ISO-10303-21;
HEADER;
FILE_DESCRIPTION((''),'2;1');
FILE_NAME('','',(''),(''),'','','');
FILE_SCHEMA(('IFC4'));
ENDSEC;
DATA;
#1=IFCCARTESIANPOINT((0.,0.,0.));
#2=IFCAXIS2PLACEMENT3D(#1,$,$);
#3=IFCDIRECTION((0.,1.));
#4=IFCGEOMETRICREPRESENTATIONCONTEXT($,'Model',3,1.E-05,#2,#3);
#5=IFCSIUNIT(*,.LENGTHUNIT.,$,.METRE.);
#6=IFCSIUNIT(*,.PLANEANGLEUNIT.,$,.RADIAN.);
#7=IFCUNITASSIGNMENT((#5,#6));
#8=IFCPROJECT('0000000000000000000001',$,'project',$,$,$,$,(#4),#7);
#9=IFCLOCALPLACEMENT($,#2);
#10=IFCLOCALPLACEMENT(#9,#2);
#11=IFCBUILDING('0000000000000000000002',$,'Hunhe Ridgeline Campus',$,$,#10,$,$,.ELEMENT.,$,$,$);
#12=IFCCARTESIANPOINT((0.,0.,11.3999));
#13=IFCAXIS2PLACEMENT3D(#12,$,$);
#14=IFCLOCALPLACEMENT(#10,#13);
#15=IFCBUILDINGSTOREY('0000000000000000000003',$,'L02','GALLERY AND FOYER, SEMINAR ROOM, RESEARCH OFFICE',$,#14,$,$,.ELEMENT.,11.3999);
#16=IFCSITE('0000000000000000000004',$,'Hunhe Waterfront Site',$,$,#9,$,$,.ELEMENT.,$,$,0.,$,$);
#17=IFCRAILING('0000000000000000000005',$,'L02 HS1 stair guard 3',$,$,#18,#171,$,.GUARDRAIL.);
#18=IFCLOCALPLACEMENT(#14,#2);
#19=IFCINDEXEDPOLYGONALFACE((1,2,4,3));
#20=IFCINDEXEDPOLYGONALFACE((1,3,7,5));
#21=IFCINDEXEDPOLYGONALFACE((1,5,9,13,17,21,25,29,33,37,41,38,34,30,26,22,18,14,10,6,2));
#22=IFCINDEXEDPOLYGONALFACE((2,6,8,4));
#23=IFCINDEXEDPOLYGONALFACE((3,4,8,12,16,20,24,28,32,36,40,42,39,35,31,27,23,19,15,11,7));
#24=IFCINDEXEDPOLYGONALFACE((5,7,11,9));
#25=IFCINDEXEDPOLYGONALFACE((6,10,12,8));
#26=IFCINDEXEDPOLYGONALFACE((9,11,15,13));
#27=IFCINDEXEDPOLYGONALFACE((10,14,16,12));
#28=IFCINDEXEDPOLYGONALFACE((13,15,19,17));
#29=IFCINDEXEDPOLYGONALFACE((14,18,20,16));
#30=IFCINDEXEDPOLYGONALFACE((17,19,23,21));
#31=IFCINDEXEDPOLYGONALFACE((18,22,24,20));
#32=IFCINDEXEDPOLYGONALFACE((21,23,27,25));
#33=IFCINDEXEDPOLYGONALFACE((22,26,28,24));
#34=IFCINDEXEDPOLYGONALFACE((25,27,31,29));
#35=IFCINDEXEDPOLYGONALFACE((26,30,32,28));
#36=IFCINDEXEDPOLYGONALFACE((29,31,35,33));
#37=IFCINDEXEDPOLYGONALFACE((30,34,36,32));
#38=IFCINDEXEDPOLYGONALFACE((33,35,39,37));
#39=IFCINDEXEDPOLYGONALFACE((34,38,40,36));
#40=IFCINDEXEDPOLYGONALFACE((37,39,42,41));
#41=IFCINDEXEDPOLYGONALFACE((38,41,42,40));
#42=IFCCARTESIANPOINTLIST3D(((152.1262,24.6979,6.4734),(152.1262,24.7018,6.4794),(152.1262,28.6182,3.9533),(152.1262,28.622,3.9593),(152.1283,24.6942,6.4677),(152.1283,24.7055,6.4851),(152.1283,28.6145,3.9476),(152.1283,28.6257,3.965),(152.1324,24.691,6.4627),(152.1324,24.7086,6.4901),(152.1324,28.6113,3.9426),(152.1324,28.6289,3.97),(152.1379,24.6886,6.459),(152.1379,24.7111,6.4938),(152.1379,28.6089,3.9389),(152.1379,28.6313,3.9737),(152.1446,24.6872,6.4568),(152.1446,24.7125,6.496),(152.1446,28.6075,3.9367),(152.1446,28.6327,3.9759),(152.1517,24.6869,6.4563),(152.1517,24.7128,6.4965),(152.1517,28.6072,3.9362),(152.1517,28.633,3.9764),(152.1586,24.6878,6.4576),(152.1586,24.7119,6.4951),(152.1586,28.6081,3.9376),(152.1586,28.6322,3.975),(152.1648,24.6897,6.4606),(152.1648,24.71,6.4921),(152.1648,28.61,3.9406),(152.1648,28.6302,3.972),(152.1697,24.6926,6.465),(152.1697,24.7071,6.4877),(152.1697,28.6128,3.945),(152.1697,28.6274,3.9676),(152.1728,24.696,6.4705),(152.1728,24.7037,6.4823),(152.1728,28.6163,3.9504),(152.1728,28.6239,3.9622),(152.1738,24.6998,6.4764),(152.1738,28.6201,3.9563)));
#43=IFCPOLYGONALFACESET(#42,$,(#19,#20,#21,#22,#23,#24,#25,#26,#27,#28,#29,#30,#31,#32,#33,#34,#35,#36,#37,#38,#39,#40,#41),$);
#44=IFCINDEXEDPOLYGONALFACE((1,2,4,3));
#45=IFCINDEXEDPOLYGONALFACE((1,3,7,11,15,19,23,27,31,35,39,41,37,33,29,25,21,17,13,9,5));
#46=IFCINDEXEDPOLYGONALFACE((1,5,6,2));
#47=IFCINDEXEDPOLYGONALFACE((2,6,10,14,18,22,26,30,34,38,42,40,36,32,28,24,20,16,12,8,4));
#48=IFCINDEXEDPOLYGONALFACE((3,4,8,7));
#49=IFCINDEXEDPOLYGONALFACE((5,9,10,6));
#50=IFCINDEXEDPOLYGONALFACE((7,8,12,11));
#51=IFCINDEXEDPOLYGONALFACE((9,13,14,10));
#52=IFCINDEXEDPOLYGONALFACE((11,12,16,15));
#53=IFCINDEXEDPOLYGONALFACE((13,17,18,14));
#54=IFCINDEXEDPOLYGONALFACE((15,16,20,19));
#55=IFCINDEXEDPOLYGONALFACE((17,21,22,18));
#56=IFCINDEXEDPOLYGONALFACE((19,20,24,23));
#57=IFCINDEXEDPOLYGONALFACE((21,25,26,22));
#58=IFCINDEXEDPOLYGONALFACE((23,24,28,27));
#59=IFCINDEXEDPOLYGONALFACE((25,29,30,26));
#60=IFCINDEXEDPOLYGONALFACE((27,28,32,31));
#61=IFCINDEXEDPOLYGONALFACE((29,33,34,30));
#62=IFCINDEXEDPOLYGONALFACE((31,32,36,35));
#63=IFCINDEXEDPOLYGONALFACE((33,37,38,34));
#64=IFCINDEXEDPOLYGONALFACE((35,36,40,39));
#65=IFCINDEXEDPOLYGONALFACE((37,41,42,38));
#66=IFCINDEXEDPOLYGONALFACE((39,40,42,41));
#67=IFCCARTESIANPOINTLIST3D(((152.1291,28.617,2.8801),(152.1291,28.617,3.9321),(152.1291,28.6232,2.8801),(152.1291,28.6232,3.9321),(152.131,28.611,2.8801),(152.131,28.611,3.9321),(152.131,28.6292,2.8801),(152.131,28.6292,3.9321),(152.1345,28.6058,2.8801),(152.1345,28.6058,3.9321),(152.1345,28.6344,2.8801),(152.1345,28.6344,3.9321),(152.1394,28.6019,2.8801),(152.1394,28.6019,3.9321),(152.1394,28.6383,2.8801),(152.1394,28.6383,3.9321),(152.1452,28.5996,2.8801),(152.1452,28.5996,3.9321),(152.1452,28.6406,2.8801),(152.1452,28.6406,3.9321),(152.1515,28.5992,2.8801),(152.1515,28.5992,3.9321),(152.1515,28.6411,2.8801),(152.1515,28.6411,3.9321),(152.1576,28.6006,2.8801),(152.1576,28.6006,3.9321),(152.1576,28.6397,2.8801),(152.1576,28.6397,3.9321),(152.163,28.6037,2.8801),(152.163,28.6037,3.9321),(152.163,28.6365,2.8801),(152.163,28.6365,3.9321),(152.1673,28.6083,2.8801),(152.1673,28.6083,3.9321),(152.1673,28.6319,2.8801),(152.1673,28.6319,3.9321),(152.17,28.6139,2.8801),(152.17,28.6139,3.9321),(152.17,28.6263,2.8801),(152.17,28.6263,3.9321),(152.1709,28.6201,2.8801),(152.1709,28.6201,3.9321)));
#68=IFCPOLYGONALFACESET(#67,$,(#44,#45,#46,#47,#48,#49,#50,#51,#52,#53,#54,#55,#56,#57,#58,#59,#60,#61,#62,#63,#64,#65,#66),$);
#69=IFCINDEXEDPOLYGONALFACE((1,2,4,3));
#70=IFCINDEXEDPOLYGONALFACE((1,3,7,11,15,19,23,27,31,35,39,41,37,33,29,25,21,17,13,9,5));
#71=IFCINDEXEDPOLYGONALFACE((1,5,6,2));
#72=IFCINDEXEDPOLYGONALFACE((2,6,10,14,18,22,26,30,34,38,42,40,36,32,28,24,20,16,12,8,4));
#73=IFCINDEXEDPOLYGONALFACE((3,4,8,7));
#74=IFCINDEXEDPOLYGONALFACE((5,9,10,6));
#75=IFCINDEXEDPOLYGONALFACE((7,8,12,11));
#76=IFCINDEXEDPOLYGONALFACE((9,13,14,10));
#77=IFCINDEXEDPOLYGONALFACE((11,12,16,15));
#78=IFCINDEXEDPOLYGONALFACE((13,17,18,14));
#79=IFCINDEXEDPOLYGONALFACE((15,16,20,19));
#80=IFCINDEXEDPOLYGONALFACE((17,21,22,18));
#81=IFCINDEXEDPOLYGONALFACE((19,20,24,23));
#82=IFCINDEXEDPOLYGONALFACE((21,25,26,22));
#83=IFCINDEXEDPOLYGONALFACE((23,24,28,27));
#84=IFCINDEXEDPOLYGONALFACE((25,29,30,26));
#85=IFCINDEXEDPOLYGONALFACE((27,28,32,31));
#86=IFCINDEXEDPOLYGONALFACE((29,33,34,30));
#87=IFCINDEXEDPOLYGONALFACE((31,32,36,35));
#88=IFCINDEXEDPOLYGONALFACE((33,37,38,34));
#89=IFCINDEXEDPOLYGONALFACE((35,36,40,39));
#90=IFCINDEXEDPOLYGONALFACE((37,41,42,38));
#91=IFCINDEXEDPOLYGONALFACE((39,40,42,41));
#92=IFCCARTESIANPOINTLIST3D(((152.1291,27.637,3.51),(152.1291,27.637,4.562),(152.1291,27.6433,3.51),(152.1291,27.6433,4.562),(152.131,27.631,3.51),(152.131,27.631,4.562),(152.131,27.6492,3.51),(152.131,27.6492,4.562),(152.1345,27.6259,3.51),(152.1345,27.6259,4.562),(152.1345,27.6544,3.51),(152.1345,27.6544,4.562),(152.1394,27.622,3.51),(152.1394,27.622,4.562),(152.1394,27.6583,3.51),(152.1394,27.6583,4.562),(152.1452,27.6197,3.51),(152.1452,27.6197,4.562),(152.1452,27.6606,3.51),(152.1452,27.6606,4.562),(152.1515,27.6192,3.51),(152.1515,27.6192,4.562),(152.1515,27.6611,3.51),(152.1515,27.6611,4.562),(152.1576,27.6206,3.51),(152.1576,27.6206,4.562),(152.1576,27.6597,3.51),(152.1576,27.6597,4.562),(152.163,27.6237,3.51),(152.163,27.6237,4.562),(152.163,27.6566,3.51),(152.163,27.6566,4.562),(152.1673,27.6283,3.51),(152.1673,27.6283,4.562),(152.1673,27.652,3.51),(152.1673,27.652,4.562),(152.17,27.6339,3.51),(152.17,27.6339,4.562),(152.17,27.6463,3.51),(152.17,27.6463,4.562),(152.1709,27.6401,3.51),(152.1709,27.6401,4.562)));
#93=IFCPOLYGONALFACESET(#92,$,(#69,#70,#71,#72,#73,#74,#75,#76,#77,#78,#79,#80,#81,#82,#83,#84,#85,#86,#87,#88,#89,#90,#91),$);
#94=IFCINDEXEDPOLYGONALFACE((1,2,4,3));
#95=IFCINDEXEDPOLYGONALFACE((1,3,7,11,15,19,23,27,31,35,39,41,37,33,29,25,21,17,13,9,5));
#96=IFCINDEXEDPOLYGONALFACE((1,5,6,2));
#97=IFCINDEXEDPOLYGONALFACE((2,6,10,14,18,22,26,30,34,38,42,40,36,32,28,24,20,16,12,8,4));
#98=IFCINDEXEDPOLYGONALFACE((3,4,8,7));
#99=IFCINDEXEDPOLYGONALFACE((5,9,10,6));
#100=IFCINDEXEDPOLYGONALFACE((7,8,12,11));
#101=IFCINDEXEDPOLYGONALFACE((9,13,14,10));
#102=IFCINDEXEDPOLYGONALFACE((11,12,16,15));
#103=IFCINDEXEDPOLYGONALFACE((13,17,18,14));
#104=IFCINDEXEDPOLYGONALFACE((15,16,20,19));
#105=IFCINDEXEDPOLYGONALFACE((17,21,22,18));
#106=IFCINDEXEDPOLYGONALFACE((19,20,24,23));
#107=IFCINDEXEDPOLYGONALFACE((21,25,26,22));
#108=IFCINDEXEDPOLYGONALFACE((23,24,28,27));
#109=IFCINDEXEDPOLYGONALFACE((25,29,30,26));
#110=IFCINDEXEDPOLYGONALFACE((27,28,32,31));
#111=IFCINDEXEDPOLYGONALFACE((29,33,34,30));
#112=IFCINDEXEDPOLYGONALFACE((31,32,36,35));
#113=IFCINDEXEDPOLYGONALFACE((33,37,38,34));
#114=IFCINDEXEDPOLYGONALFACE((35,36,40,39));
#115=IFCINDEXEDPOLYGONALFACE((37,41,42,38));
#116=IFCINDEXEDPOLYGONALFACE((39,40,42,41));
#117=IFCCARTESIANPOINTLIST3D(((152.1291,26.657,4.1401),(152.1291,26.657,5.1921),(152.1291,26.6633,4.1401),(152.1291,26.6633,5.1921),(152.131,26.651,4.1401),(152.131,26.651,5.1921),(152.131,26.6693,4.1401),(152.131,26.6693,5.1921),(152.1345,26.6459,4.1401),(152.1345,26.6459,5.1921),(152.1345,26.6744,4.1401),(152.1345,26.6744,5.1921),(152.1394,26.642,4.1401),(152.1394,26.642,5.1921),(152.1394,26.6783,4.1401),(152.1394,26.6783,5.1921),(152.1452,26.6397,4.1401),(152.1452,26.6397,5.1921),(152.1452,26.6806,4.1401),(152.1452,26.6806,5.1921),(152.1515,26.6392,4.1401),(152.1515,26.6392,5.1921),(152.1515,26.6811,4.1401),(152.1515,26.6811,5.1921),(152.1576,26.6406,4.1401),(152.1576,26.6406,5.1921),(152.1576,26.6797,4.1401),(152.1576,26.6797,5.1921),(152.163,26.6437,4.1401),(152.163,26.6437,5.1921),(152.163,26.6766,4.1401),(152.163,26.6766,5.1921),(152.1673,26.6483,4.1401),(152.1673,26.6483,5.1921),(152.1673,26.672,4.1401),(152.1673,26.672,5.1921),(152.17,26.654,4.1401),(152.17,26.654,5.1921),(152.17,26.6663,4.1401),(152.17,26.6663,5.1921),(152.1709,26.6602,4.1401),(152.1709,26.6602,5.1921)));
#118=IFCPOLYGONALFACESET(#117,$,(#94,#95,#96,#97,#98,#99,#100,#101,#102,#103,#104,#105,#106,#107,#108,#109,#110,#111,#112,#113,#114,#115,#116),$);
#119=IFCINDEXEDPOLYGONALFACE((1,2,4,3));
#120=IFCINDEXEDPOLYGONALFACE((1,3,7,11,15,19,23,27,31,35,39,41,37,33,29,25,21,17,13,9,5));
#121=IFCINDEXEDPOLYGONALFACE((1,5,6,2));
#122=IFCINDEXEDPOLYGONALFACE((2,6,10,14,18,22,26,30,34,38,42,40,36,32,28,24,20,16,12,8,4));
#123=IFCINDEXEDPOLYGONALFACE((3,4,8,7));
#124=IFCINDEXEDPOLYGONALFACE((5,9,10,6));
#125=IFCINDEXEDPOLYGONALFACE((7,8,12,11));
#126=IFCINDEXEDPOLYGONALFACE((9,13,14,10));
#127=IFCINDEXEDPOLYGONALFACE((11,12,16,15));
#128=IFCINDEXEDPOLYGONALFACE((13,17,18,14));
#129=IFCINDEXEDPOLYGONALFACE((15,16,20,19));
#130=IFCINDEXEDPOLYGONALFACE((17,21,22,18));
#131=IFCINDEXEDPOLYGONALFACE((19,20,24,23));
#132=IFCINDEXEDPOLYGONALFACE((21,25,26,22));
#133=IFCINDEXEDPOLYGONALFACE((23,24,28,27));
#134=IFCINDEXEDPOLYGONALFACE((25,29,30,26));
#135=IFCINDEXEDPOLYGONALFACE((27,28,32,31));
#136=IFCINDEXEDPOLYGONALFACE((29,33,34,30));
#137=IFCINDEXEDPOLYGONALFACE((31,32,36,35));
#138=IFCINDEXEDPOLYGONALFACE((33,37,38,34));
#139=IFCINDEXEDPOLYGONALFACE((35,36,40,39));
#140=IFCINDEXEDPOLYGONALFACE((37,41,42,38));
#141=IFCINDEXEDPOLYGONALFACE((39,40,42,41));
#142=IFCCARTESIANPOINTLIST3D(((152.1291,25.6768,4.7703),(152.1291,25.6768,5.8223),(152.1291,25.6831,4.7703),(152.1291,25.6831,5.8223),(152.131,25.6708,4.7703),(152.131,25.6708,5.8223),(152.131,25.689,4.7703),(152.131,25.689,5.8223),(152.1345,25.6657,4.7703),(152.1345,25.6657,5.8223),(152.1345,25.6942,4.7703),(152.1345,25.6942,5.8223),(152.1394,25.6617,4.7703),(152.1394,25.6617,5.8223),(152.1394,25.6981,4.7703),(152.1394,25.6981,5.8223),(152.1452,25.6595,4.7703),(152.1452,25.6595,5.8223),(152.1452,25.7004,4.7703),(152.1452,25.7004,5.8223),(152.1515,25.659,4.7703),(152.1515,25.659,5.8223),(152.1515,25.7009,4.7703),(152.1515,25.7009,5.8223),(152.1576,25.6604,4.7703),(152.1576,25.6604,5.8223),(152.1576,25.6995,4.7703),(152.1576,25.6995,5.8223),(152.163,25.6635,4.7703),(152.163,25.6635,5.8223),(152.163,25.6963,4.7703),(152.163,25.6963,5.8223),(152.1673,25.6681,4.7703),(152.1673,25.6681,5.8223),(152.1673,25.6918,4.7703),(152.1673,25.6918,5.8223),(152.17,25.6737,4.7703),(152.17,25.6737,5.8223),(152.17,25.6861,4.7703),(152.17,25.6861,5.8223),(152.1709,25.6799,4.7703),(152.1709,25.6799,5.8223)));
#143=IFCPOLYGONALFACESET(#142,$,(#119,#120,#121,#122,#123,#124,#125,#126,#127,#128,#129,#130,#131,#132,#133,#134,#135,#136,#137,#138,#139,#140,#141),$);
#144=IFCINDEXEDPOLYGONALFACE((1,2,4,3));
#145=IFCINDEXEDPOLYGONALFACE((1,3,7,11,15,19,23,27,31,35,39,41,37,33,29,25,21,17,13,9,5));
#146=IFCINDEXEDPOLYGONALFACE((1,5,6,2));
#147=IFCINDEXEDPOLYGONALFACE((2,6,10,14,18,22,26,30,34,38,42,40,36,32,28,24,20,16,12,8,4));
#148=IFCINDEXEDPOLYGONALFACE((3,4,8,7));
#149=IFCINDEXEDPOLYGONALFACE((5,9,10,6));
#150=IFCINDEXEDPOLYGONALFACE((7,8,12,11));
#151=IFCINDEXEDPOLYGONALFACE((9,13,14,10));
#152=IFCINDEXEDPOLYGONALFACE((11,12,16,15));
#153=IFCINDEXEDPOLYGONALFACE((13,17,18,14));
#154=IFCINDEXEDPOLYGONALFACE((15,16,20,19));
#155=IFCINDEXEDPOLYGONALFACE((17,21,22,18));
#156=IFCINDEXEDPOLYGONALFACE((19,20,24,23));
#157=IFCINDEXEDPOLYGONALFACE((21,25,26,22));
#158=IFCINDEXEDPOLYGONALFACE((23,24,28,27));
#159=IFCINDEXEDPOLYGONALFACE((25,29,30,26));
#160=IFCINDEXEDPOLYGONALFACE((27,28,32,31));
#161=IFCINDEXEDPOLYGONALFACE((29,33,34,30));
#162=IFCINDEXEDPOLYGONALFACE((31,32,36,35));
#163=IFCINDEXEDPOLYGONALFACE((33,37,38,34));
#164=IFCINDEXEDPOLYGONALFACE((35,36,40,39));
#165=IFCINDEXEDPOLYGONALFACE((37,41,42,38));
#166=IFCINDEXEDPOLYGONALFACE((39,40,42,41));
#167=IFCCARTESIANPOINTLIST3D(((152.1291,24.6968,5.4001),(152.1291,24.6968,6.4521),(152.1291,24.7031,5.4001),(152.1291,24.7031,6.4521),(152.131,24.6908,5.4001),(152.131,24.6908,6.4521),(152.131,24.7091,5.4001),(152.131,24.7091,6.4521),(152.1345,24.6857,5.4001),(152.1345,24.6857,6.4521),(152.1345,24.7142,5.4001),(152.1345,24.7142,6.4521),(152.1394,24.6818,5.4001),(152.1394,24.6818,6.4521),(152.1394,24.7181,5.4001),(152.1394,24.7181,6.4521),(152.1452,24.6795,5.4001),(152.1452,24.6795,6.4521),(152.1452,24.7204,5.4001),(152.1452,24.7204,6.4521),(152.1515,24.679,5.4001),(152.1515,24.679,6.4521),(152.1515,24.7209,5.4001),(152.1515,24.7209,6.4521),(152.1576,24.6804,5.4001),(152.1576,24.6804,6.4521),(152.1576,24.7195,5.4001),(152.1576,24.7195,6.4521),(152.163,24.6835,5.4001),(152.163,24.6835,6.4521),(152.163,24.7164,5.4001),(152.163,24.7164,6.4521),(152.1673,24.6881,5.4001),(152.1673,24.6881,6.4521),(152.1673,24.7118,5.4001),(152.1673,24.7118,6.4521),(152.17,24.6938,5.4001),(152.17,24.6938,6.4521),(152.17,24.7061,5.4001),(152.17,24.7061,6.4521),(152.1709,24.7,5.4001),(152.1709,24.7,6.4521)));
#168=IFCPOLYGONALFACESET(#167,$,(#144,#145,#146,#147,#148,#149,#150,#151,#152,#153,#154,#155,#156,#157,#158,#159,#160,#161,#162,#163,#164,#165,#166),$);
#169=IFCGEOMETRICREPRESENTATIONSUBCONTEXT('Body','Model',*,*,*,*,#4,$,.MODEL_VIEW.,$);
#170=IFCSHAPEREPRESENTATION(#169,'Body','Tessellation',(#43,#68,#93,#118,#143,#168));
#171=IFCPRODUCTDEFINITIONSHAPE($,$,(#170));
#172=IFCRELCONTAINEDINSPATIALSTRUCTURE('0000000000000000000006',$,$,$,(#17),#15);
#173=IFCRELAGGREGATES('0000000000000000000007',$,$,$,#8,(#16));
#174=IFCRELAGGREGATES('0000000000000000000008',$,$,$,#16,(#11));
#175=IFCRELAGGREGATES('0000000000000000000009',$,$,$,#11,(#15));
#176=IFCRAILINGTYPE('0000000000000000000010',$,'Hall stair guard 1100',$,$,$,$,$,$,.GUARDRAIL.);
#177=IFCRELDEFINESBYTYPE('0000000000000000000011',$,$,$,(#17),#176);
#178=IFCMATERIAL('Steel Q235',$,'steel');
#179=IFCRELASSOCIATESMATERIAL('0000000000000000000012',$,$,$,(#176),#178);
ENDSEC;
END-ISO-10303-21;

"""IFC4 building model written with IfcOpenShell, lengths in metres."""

from ifc_helpers import new_model, si_unit, direction, frame, origin, origin_2d, place, context, subcontext, project, spatial, circle, extrude, material, type_object, element, save


model = new_model("IFC4")

# Units and contexts
model_context = context("Model", 3, precision=1e-05, world=origin(), true_north=direction((0.0, 1.0)))
body_context = subcontext(model_context, "Body", "Model", "MODEL_VIEW")
ifc_project = project(units=[si_unit("LENGTHUNIT", "METRE"), si_unit("PLANEANGLEUNIT", "RADIAN")], contexts=[model_context])

# Site, building, storey
site_placement = place(None, origin())
site = spatial("IfcSite", under=ifc_project, at=site_placement, Name="Hunhe Waterfront Site", CompositionType="ELEMENT", RefElevation=0.0)
building_placement = place(site_placement, origin())
building = spatial("IfcBuilding", under=site, at=building_placement, Name="Hunhe Ridgeline Campus", CompositionType="ELEMENT")
storey_placement = place(building_placement, frame((0.0, 0.0, 11.3999)))
storey = spatial("IfcBuildingStorey", under=building, at=storey_placement, Name="L02", Description="GALLERY AND FOYER, SEMINAR ROOM, RESEARCH OFFICE", CompositionType="ELEMENT", Elevation=11.3999)

# Shared definitions
ifc_material_1 = material(Name="Steel Q235", Category="steel")

# Railing
railing_type_1 = type_object("IfcRailingType", Name="Hall stair guard 1100", PredefinedType="GUARDRAIL", material=ifc_material_1)
railing_1_placement = place(storey_placement, frame((152.1499, 28.6201, 2.8801)))
element("IfcRailing", 1, at=railing_1_placement, inside=storey, type_object=railing_type_1, Name="L02 HS1 stair guard 3", PredefinedType="GUARDRAIL", context=body_context, shape_type="SweptSolid", body=[
    extrude(circle(Radius=0.0239, at=origin_2d()), frame((0.0, 0.0, 1.0762), z_axis=(0.0, -0.841187, 0.540744), x_axis=(1.0, 0.0, 0.0)), (0.0, 0.0, 1.0), 4.6604),
    extrude(circle(Radius=0.021, at=origin_2d()), origin(), (0.0, 0.0, 1.0), 1.052),
    extrude(circle(Radius=0.021, at=origin_2d()), frame((0.0, -0.98, 0.6299)), (0.0, 0.0, 1.0), 1.052),
    extrude(circle(Radius=0.021, at=origin_2d()), frame((0.0, -1.96, 1.26)), (0.0, 0.0, 1.0), 1.052),
    extrude(circle(Radius=0.021, at=origin_2d()), frame((0.0, -2.9402, 1.8901)), (0.0, 0.0, 1.0), 1.052),
    extrude(circle(Radius=0.021, at=origin_2d()), frame((0.0, -3.9202, 2.52)), (0.0, 0.0, 1.0), 1.052),
])

save(model, "model.ifc")
